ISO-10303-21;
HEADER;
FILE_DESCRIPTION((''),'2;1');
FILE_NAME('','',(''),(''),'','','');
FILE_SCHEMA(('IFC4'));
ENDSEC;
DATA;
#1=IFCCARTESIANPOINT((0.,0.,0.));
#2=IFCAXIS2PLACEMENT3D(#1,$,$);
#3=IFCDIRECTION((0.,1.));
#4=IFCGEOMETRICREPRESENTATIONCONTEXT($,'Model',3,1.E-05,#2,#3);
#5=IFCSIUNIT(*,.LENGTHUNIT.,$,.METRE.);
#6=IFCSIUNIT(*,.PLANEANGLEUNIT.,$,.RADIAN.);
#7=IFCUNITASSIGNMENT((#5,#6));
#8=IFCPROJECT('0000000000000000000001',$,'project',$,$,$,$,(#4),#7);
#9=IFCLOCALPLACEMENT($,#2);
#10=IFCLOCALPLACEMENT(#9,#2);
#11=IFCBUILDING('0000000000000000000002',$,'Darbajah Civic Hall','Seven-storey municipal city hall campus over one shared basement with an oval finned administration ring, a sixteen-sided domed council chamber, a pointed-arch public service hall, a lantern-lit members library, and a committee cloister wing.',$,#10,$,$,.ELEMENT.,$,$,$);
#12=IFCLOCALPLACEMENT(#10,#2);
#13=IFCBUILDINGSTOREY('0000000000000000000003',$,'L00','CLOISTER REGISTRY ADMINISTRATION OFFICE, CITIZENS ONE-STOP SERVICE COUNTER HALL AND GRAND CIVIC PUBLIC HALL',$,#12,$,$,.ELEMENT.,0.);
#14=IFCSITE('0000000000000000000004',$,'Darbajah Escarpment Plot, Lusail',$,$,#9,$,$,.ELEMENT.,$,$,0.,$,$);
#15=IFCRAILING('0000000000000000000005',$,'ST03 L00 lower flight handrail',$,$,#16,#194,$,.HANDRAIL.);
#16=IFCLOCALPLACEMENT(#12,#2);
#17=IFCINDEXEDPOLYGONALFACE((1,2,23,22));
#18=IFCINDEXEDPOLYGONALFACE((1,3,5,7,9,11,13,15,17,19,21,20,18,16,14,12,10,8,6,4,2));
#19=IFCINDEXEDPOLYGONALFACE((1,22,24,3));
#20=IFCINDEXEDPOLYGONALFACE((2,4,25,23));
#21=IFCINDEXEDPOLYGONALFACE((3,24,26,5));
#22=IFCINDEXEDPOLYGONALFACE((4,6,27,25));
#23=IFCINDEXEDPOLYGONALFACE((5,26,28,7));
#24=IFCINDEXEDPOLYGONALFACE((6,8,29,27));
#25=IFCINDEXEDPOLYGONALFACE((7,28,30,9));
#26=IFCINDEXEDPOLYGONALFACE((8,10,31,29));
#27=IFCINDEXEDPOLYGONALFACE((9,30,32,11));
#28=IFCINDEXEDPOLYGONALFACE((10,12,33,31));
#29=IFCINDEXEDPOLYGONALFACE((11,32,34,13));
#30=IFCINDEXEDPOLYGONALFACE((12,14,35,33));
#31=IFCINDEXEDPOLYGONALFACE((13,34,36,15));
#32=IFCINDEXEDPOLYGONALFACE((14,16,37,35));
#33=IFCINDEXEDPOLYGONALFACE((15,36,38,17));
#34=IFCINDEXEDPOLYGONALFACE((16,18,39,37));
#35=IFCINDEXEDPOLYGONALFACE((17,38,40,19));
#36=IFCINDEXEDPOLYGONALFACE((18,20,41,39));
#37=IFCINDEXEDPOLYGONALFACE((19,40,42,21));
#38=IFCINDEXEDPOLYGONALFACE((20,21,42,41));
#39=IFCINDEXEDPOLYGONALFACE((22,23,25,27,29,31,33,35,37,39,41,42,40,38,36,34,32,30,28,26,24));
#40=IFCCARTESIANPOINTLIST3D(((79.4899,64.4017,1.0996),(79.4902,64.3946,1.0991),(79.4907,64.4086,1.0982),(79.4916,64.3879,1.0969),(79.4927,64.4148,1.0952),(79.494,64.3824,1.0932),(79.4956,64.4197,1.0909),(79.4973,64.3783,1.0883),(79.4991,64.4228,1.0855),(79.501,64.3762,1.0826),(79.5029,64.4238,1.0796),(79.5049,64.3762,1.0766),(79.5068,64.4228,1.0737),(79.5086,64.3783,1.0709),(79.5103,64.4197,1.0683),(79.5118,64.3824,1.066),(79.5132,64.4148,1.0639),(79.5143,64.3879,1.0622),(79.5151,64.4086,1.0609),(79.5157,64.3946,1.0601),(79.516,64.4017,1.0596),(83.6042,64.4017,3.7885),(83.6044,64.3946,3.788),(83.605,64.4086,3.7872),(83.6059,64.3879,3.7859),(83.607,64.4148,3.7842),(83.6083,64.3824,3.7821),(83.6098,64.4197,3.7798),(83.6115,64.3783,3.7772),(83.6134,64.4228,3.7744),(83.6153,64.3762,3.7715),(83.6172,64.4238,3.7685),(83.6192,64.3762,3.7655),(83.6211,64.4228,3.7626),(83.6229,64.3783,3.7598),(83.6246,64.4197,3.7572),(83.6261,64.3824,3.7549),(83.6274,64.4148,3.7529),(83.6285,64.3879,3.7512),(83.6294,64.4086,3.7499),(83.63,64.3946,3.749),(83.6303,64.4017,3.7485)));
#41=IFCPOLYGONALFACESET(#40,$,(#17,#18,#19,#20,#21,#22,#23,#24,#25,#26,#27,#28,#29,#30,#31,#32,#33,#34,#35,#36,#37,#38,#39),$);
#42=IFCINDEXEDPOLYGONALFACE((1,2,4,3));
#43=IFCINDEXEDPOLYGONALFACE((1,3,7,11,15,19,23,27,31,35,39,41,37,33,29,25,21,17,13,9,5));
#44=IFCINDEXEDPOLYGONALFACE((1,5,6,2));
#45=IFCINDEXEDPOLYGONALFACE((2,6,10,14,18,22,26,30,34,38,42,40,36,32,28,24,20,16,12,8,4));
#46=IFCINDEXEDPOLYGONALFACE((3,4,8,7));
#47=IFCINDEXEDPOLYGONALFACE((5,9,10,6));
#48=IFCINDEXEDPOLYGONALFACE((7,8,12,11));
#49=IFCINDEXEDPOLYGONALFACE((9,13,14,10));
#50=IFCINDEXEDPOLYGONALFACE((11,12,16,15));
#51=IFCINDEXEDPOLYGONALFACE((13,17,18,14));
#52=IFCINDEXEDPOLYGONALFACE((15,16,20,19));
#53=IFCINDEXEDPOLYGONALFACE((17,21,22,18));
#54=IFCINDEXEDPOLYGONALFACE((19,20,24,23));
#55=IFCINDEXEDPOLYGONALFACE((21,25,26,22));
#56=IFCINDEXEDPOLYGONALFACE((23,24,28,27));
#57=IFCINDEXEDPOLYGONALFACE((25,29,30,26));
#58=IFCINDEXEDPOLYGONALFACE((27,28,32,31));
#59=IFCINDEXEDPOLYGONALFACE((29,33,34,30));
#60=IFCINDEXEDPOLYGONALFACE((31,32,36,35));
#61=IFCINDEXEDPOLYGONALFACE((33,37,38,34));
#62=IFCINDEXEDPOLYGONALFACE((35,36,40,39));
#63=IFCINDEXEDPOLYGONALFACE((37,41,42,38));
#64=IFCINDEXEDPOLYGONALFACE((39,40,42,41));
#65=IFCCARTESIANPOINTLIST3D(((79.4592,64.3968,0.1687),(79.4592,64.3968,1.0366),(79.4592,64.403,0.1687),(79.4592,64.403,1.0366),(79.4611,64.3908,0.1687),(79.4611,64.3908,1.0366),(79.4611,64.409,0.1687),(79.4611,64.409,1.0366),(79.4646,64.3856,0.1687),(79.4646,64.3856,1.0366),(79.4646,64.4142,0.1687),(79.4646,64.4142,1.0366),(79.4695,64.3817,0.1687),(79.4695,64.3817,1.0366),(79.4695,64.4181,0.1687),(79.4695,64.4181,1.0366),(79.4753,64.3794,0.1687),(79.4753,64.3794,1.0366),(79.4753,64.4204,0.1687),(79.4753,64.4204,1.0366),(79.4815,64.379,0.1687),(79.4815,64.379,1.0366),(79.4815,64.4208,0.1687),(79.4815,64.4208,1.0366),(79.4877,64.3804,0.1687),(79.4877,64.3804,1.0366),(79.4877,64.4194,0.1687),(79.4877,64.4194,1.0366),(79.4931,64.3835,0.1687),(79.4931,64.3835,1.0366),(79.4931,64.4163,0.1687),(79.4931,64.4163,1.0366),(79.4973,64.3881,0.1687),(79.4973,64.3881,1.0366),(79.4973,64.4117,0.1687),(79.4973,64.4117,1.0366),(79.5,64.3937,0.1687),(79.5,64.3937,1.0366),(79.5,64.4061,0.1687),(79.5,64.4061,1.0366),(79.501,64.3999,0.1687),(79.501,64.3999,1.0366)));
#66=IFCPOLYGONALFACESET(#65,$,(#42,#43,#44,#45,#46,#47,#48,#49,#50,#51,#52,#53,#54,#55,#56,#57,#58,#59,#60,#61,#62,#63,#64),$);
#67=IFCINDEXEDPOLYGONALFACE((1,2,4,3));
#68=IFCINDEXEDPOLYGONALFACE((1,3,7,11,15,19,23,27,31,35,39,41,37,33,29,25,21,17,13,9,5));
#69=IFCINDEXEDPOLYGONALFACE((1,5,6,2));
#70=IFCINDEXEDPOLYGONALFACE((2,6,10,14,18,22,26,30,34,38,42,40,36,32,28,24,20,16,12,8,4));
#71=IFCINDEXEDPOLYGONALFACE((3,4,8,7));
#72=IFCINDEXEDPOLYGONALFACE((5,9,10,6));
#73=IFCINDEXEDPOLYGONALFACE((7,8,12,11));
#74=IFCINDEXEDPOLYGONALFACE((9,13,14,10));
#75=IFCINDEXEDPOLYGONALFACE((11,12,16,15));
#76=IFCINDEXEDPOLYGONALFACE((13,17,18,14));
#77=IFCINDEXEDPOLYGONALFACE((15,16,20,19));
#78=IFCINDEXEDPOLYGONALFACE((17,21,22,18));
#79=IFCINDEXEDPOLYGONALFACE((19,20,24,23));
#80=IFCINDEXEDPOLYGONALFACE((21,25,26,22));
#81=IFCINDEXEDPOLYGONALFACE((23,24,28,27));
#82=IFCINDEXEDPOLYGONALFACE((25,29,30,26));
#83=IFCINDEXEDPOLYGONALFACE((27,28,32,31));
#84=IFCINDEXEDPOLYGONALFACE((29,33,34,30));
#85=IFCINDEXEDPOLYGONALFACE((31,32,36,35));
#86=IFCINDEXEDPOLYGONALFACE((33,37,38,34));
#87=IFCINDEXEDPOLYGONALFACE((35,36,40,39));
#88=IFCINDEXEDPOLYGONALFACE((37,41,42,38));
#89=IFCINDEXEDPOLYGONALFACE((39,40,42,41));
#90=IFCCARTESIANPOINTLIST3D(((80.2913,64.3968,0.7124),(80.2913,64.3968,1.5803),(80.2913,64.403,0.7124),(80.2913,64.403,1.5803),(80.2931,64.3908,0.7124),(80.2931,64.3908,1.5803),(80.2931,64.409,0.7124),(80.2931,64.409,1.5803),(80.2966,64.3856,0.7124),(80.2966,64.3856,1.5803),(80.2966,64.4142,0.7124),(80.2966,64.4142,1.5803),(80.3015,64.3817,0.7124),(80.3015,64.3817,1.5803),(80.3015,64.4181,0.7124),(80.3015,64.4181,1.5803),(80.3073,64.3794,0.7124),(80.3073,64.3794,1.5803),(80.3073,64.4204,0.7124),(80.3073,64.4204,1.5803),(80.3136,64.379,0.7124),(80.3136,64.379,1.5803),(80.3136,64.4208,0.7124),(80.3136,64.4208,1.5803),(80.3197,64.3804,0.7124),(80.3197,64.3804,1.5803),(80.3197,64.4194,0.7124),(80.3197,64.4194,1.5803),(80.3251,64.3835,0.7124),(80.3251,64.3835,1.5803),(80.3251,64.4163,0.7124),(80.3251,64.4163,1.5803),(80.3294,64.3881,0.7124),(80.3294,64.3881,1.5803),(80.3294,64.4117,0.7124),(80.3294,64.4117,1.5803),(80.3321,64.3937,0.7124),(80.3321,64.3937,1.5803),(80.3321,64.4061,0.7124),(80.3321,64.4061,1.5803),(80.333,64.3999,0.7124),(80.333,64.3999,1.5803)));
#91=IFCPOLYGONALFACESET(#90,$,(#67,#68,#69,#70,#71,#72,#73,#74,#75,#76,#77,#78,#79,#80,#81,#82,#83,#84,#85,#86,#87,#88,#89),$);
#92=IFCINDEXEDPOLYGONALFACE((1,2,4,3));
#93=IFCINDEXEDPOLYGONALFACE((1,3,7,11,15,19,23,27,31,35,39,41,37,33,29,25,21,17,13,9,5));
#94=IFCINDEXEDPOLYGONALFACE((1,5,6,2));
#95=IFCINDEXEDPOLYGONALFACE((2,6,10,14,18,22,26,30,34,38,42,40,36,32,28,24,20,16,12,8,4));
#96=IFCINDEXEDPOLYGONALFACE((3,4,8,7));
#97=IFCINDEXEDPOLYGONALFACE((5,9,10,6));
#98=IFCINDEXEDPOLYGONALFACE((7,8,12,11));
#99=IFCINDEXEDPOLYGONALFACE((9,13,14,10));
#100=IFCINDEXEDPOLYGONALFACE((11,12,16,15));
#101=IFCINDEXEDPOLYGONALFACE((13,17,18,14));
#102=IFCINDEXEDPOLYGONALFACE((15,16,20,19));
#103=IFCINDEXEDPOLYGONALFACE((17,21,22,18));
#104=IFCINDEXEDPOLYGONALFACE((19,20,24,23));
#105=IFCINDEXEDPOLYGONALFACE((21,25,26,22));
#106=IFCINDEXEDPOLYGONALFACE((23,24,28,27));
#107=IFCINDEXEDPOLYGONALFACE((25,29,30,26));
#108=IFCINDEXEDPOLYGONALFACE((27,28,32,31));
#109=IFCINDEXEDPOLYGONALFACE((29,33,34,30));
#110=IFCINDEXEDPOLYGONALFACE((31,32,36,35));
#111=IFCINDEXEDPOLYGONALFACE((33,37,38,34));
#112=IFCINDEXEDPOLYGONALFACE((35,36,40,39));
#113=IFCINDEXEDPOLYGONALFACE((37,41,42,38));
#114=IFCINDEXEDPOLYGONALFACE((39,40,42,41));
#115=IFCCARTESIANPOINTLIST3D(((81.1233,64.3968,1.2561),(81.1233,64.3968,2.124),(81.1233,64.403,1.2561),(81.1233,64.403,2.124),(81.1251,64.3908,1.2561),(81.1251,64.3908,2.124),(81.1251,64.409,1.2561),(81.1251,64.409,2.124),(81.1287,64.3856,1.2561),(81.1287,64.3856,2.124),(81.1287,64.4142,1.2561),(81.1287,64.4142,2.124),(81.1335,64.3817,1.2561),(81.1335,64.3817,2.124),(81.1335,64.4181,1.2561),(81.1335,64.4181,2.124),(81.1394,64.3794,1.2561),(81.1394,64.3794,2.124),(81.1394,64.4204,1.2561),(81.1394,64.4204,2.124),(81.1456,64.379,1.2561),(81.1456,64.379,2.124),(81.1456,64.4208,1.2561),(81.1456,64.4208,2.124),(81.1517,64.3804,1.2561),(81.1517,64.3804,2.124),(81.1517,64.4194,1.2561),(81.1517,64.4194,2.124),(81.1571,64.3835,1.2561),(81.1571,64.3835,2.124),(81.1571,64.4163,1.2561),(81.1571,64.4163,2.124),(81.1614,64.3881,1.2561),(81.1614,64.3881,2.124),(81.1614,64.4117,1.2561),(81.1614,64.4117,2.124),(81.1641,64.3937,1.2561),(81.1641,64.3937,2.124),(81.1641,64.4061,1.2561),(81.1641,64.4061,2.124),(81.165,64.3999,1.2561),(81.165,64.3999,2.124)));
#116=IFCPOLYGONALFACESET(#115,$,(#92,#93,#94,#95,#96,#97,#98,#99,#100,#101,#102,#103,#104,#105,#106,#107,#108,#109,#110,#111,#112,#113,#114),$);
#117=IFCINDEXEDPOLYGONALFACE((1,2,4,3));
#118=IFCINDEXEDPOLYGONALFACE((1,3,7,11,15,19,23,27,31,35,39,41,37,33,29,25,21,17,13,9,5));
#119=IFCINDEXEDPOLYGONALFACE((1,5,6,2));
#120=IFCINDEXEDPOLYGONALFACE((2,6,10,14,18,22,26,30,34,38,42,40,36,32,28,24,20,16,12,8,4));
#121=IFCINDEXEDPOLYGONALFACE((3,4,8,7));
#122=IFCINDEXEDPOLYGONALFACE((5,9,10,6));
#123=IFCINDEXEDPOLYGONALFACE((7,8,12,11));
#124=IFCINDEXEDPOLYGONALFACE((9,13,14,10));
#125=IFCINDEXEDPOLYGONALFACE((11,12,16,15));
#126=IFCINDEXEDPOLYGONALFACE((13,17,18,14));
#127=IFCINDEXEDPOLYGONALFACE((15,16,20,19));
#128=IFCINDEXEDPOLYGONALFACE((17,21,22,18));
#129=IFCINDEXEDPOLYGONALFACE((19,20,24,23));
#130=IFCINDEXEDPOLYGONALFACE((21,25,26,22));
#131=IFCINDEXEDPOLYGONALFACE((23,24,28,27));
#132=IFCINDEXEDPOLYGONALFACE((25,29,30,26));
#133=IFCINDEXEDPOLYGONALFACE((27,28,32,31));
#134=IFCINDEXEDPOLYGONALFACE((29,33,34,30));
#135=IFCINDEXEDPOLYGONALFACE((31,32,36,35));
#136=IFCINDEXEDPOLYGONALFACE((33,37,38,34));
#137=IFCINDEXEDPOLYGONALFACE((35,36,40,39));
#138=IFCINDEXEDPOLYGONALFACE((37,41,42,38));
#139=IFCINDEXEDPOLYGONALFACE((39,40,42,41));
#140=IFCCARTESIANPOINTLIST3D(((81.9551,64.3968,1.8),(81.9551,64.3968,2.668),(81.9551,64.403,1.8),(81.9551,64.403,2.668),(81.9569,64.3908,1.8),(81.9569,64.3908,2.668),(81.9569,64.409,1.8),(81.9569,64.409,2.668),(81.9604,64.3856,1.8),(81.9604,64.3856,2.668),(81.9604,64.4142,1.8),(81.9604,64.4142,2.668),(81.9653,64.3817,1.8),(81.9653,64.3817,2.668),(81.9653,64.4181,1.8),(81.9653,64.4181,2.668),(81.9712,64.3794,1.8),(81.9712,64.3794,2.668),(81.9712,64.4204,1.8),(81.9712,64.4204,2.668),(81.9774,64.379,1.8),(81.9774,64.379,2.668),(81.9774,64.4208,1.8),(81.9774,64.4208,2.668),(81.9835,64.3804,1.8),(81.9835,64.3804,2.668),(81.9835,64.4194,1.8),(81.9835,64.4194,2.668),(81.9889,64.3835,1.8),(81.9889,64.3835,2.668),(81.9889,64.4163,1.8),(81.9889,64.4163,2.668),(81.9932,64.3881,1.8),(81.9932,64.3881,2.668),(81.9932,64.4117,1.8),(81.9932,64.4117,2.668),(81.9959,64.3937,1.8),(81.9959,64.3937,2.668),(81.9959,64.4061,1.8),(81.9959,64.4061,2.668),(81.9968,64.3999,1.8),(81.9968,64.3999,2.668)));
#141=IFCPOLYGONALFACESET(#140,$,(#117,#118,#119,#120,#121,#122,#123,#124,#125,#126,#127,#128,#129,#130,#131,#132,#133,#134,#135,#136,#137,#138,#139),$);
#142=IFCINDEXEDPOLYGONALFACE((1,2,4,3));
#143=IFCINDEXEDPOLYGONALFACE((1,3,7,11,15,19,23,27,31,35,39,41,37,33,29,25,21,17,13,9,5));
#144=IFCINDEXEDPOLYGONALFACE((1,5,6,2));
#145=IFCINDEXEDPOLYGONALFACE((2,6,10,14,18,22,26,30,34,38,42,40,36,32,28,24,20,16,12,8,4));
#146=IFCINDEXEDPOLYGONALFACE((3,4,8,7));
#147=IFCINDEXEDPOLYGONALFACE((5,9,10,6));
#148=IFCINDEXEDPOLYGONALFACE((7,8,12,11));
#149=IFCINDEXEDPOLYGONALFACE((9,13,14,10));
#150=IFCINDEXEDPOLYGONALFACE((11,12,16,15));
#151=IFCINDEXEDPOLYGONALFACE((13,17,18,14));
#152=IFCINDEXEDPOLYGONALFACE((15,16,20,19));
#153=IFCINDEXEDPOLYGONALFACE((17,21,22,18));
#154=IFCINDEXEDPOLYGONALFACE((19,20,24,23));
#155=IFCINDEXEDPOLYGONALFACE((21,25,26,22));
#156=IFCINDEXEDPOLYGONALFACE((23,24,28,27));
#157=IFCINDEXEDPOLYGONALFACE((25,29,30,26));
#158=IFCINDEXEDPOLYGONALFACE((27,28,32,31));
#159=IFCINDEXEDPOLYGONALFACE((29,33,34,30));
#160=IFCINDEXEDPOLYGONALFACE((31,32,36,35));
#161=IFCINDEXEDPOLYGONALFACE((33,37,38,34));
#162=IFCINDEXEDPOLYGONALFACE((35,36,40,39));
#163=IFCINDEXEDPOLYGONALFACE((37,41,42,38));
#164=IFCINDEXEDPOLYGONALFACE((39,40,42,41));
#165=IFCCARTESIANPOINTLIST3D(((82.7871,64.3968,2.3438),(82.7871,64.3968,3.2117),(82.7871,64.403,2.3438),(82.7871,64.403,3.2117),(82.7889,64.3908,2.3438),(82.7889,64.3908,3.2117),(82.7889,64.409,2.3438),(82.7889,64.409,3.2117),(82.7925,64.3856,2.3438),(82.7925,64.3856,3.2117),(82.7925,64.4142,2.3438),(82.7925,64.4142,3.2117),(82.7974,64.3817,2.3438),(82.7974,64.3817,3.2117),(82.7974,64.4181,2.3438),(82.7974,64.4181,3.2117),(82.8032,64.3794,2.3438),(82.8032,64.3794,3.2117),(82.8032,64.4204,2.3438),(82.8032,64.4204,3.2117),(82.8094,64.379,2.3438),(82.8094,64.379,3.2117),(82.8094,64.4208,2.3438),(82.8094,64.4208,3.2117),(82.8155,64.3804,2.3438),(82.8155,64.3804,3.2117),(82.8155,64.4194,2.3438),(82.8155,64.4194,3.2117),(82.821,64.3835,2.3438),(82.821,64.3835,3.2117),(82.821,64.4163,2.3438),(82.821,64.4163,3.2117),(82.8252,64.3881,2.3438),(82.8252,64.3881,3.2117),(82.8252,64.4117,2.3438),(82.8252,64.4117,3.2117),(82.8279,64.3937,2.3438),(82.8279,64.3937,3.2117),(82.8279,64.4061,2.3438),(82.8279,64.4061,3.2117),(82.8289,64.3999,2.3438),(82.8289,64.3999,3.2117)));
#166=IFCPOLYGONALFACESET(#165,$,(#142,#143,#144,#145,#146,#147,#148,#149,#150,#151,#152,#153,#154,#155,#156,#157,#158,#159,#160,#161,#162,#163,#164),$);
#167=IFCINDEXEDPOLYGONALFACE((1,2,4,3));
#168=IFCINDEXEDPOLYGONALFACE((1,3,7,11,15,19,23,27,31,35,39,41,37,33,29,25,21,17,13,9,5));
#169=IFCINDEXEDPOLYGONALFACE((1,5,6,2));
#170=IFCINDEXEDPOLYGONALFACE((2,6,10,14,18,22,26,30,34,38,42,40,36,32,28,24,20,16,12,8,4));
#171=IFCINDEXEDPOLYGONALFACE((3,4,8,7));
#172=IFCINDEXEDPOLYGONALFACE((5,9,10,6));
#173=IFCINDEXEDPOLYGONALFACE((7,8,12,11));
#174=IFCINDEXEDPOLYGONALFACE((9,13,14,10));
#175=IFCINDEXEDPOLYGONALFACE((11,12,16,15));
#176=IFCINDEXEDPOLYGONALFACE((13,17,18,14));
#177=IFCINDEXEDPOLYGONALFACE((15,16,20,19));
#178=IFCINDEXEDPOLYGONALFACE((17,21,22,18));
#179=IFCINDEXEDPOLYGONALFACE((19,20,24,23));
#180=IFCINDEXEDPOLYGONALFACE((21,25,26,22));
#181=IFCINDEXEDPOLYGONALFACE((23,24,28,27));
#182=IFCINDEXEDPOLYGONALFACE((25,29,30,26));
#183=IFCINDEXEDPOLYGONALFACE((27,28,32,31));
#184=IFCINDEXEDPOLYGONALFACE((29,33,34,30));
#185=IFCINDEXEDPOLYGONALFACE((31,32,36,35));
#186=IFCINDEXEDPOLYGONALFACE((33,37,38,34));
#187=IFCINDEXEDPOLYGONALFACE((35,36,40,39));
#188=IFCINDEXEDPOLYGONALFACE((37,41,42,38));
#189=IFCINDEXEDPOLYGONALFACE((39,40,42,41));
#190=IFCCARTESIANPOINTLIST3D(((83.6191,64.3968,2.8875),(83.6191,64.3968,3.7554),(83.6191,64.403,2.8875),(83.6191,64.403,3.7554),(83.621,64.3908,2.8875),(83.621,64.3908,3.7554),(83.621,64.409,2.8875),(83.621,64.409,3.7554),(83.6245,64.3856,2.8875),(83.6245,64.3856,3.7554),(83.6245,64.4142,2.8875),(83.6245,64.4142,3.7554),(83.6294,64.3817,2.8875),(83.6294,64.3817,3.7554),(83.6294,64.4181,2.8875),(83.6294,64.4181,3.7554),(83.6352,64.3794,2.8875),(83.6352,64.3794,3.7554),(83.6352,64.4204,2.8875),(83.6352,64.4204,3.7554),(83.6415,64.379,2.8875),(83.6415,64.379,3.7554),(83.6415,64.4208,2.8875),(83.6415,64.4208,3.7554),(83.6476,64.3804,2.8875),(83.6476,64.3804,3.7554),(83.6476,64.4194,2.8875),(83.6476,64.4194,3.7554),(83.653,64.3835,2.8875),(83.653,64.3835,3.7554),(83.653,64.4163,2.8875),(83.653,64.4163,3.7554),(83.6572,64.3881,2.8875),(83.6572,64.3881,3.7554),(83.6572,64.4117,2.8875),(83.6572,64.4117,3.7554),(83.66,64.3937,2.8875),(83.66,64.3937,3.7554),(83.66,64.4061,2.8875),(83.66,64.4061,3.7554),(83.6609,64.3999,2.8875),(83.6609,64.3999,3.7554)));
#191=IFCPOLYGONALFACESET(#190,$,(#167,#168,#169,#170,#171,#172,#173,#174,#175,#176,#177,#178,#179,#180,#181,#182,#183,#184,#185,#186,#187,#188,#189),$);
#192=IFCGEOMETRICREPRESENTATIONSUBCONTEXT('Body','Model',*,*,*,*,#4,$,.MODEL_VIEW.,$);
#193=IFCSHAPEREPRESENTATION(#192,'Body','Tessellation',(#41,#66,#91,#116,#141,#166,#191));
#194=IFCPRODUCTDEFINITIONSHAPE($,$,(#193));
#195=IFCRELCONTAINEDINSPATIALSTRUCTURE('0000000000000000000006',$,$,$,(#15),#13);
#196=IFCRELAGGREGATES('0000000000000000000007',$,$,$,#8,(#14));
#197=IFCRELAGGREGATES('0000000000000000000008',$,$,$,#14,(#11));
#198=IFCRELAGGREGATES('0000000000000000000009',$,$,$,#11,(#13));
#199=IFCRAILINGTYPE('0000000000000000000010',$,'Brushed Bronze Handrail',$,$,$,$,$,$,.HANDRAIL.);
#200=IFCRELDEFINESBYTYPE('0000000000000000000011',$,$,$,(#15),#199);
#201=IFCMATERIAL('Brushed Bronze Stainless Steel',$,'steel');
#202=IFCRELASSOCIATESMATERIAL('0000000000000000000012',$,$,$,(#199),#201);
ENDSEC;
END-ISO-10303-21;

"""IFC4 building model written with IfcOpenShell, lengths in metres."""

from ifc_helpers import new_model, si_unit, direction, frame, origin, origin_2d, place, context, subcontext, project, spatial, circle, extrude, material, type_object, element, save


model = new_model("IFC4")

# Units and contexts
model_context = context("Model", 3, precision=1e-05, world=origin(), true_north=direction((0.0, 1.0)))
body_context = subcontext(model_context, "Body", "Model", "MODEL_VIEW")
ifc_project = project(units=[si_unit("LENGTHUNIT", "METRE"), si_unit("PLANEANGLEUNIT", "RADIAN")], contexts=[model_context])

# Site, building, storey
site_placement = place(None, origin())
site = spatial("IfcSite", under=ifc_project, at=site_placement, Name="Darbajah Escarpment Plot, Lusail", CompositionType="ELEMENT", RefElevation=0.0)
building_placement = place(site_placement, origin())
building = spatial("IfcBuilding", under=site, at=building_placement, Name="Darbajah Civic Hall", Description="Seven-storey municipal city hall campus over one shared basement with an oval finned administration ring, a sixteen-sided domed council chamber, a pointed-arch public service hall, a lantern-lit members library, and a committee cloister wing.", CompositionType="ELEMENT")
storey_placement = place(building_placement, origin())
storey = spatial("IfcBuildingStorey", under=building, at=storey_placement, Name="L00", Description="CLOISTER REGISTRY ADMINISTRATION OFFICE, CITIZENS ONE-STOP SERVICE COUNTER HALL AND GRAND CIVIC PUBLIC HALL", CompositionType="ELEMENT", Elevation=0.0)

# Railing
ifc_material_1 = material(Name="Brushed Bronze Stainless Steel", Category="steel")
railing_type_1 = type_object("IfcRailingType", Name="Brushed Bronze Handrail", PredefinedType="HANDRAIL", material=ifc_material_1)
railing_1_placement = place(storey_placement, frame((79.48, 64.3999, 0.1687)))
element("IfcRailing", 1, at=railing_1_placement, inside=storey, type_object=railing_type_1, Name="ST03 L00 lower flight handrail", PredefinedType="HANDRAIL", context=body_context, shape_type="SweptSolid", body=[
    extrude(circle(Radius=0.0239, at=origin_2d()), frame((0.0229, 0.0, 0.9109), z_axis=(0.83708, 0.0, 0.547081), x_axis=(0.0, 1.0, 0.0)), (0.0, 0.0, 1.0), 4.915),
    extrude(circle(Radius=0.021, at=origin_2d()), origin(), (0.0, 0.0, 1.0), 0.8679),
    extrude(circle(Radius=0.021, at=origin_2d()), frame((0.832, 0.0, 0.5437)), (0.0, 0.0, 1.0), 0.8679),
    extrude(circle(Radius=0.021, at=origin_2d()), frame((1.6641, 0.0, 1.0874)), (0.0, 0.0, 1.0), 0.8679),
    extrude(circle(Radius=0.021, at=origin_2d()), frame((2.4958, 0.0, 1.6313)), (0.0, 0.0, 1.0), 0.8679),
    extrude(circle(Radius=0.021, at=origin_2d()), frame((3.3279, 0.0, 2.175)), (0.0, 0.0, 1.0), 0.8679),
    extrude(circle(Radius=0.021, at=origin_2d()), frame((4.1599, 0.0, 2.7188)), (0.0, 0.0, 1.0), 0.8679),
])

save(model, "model.ifc")
